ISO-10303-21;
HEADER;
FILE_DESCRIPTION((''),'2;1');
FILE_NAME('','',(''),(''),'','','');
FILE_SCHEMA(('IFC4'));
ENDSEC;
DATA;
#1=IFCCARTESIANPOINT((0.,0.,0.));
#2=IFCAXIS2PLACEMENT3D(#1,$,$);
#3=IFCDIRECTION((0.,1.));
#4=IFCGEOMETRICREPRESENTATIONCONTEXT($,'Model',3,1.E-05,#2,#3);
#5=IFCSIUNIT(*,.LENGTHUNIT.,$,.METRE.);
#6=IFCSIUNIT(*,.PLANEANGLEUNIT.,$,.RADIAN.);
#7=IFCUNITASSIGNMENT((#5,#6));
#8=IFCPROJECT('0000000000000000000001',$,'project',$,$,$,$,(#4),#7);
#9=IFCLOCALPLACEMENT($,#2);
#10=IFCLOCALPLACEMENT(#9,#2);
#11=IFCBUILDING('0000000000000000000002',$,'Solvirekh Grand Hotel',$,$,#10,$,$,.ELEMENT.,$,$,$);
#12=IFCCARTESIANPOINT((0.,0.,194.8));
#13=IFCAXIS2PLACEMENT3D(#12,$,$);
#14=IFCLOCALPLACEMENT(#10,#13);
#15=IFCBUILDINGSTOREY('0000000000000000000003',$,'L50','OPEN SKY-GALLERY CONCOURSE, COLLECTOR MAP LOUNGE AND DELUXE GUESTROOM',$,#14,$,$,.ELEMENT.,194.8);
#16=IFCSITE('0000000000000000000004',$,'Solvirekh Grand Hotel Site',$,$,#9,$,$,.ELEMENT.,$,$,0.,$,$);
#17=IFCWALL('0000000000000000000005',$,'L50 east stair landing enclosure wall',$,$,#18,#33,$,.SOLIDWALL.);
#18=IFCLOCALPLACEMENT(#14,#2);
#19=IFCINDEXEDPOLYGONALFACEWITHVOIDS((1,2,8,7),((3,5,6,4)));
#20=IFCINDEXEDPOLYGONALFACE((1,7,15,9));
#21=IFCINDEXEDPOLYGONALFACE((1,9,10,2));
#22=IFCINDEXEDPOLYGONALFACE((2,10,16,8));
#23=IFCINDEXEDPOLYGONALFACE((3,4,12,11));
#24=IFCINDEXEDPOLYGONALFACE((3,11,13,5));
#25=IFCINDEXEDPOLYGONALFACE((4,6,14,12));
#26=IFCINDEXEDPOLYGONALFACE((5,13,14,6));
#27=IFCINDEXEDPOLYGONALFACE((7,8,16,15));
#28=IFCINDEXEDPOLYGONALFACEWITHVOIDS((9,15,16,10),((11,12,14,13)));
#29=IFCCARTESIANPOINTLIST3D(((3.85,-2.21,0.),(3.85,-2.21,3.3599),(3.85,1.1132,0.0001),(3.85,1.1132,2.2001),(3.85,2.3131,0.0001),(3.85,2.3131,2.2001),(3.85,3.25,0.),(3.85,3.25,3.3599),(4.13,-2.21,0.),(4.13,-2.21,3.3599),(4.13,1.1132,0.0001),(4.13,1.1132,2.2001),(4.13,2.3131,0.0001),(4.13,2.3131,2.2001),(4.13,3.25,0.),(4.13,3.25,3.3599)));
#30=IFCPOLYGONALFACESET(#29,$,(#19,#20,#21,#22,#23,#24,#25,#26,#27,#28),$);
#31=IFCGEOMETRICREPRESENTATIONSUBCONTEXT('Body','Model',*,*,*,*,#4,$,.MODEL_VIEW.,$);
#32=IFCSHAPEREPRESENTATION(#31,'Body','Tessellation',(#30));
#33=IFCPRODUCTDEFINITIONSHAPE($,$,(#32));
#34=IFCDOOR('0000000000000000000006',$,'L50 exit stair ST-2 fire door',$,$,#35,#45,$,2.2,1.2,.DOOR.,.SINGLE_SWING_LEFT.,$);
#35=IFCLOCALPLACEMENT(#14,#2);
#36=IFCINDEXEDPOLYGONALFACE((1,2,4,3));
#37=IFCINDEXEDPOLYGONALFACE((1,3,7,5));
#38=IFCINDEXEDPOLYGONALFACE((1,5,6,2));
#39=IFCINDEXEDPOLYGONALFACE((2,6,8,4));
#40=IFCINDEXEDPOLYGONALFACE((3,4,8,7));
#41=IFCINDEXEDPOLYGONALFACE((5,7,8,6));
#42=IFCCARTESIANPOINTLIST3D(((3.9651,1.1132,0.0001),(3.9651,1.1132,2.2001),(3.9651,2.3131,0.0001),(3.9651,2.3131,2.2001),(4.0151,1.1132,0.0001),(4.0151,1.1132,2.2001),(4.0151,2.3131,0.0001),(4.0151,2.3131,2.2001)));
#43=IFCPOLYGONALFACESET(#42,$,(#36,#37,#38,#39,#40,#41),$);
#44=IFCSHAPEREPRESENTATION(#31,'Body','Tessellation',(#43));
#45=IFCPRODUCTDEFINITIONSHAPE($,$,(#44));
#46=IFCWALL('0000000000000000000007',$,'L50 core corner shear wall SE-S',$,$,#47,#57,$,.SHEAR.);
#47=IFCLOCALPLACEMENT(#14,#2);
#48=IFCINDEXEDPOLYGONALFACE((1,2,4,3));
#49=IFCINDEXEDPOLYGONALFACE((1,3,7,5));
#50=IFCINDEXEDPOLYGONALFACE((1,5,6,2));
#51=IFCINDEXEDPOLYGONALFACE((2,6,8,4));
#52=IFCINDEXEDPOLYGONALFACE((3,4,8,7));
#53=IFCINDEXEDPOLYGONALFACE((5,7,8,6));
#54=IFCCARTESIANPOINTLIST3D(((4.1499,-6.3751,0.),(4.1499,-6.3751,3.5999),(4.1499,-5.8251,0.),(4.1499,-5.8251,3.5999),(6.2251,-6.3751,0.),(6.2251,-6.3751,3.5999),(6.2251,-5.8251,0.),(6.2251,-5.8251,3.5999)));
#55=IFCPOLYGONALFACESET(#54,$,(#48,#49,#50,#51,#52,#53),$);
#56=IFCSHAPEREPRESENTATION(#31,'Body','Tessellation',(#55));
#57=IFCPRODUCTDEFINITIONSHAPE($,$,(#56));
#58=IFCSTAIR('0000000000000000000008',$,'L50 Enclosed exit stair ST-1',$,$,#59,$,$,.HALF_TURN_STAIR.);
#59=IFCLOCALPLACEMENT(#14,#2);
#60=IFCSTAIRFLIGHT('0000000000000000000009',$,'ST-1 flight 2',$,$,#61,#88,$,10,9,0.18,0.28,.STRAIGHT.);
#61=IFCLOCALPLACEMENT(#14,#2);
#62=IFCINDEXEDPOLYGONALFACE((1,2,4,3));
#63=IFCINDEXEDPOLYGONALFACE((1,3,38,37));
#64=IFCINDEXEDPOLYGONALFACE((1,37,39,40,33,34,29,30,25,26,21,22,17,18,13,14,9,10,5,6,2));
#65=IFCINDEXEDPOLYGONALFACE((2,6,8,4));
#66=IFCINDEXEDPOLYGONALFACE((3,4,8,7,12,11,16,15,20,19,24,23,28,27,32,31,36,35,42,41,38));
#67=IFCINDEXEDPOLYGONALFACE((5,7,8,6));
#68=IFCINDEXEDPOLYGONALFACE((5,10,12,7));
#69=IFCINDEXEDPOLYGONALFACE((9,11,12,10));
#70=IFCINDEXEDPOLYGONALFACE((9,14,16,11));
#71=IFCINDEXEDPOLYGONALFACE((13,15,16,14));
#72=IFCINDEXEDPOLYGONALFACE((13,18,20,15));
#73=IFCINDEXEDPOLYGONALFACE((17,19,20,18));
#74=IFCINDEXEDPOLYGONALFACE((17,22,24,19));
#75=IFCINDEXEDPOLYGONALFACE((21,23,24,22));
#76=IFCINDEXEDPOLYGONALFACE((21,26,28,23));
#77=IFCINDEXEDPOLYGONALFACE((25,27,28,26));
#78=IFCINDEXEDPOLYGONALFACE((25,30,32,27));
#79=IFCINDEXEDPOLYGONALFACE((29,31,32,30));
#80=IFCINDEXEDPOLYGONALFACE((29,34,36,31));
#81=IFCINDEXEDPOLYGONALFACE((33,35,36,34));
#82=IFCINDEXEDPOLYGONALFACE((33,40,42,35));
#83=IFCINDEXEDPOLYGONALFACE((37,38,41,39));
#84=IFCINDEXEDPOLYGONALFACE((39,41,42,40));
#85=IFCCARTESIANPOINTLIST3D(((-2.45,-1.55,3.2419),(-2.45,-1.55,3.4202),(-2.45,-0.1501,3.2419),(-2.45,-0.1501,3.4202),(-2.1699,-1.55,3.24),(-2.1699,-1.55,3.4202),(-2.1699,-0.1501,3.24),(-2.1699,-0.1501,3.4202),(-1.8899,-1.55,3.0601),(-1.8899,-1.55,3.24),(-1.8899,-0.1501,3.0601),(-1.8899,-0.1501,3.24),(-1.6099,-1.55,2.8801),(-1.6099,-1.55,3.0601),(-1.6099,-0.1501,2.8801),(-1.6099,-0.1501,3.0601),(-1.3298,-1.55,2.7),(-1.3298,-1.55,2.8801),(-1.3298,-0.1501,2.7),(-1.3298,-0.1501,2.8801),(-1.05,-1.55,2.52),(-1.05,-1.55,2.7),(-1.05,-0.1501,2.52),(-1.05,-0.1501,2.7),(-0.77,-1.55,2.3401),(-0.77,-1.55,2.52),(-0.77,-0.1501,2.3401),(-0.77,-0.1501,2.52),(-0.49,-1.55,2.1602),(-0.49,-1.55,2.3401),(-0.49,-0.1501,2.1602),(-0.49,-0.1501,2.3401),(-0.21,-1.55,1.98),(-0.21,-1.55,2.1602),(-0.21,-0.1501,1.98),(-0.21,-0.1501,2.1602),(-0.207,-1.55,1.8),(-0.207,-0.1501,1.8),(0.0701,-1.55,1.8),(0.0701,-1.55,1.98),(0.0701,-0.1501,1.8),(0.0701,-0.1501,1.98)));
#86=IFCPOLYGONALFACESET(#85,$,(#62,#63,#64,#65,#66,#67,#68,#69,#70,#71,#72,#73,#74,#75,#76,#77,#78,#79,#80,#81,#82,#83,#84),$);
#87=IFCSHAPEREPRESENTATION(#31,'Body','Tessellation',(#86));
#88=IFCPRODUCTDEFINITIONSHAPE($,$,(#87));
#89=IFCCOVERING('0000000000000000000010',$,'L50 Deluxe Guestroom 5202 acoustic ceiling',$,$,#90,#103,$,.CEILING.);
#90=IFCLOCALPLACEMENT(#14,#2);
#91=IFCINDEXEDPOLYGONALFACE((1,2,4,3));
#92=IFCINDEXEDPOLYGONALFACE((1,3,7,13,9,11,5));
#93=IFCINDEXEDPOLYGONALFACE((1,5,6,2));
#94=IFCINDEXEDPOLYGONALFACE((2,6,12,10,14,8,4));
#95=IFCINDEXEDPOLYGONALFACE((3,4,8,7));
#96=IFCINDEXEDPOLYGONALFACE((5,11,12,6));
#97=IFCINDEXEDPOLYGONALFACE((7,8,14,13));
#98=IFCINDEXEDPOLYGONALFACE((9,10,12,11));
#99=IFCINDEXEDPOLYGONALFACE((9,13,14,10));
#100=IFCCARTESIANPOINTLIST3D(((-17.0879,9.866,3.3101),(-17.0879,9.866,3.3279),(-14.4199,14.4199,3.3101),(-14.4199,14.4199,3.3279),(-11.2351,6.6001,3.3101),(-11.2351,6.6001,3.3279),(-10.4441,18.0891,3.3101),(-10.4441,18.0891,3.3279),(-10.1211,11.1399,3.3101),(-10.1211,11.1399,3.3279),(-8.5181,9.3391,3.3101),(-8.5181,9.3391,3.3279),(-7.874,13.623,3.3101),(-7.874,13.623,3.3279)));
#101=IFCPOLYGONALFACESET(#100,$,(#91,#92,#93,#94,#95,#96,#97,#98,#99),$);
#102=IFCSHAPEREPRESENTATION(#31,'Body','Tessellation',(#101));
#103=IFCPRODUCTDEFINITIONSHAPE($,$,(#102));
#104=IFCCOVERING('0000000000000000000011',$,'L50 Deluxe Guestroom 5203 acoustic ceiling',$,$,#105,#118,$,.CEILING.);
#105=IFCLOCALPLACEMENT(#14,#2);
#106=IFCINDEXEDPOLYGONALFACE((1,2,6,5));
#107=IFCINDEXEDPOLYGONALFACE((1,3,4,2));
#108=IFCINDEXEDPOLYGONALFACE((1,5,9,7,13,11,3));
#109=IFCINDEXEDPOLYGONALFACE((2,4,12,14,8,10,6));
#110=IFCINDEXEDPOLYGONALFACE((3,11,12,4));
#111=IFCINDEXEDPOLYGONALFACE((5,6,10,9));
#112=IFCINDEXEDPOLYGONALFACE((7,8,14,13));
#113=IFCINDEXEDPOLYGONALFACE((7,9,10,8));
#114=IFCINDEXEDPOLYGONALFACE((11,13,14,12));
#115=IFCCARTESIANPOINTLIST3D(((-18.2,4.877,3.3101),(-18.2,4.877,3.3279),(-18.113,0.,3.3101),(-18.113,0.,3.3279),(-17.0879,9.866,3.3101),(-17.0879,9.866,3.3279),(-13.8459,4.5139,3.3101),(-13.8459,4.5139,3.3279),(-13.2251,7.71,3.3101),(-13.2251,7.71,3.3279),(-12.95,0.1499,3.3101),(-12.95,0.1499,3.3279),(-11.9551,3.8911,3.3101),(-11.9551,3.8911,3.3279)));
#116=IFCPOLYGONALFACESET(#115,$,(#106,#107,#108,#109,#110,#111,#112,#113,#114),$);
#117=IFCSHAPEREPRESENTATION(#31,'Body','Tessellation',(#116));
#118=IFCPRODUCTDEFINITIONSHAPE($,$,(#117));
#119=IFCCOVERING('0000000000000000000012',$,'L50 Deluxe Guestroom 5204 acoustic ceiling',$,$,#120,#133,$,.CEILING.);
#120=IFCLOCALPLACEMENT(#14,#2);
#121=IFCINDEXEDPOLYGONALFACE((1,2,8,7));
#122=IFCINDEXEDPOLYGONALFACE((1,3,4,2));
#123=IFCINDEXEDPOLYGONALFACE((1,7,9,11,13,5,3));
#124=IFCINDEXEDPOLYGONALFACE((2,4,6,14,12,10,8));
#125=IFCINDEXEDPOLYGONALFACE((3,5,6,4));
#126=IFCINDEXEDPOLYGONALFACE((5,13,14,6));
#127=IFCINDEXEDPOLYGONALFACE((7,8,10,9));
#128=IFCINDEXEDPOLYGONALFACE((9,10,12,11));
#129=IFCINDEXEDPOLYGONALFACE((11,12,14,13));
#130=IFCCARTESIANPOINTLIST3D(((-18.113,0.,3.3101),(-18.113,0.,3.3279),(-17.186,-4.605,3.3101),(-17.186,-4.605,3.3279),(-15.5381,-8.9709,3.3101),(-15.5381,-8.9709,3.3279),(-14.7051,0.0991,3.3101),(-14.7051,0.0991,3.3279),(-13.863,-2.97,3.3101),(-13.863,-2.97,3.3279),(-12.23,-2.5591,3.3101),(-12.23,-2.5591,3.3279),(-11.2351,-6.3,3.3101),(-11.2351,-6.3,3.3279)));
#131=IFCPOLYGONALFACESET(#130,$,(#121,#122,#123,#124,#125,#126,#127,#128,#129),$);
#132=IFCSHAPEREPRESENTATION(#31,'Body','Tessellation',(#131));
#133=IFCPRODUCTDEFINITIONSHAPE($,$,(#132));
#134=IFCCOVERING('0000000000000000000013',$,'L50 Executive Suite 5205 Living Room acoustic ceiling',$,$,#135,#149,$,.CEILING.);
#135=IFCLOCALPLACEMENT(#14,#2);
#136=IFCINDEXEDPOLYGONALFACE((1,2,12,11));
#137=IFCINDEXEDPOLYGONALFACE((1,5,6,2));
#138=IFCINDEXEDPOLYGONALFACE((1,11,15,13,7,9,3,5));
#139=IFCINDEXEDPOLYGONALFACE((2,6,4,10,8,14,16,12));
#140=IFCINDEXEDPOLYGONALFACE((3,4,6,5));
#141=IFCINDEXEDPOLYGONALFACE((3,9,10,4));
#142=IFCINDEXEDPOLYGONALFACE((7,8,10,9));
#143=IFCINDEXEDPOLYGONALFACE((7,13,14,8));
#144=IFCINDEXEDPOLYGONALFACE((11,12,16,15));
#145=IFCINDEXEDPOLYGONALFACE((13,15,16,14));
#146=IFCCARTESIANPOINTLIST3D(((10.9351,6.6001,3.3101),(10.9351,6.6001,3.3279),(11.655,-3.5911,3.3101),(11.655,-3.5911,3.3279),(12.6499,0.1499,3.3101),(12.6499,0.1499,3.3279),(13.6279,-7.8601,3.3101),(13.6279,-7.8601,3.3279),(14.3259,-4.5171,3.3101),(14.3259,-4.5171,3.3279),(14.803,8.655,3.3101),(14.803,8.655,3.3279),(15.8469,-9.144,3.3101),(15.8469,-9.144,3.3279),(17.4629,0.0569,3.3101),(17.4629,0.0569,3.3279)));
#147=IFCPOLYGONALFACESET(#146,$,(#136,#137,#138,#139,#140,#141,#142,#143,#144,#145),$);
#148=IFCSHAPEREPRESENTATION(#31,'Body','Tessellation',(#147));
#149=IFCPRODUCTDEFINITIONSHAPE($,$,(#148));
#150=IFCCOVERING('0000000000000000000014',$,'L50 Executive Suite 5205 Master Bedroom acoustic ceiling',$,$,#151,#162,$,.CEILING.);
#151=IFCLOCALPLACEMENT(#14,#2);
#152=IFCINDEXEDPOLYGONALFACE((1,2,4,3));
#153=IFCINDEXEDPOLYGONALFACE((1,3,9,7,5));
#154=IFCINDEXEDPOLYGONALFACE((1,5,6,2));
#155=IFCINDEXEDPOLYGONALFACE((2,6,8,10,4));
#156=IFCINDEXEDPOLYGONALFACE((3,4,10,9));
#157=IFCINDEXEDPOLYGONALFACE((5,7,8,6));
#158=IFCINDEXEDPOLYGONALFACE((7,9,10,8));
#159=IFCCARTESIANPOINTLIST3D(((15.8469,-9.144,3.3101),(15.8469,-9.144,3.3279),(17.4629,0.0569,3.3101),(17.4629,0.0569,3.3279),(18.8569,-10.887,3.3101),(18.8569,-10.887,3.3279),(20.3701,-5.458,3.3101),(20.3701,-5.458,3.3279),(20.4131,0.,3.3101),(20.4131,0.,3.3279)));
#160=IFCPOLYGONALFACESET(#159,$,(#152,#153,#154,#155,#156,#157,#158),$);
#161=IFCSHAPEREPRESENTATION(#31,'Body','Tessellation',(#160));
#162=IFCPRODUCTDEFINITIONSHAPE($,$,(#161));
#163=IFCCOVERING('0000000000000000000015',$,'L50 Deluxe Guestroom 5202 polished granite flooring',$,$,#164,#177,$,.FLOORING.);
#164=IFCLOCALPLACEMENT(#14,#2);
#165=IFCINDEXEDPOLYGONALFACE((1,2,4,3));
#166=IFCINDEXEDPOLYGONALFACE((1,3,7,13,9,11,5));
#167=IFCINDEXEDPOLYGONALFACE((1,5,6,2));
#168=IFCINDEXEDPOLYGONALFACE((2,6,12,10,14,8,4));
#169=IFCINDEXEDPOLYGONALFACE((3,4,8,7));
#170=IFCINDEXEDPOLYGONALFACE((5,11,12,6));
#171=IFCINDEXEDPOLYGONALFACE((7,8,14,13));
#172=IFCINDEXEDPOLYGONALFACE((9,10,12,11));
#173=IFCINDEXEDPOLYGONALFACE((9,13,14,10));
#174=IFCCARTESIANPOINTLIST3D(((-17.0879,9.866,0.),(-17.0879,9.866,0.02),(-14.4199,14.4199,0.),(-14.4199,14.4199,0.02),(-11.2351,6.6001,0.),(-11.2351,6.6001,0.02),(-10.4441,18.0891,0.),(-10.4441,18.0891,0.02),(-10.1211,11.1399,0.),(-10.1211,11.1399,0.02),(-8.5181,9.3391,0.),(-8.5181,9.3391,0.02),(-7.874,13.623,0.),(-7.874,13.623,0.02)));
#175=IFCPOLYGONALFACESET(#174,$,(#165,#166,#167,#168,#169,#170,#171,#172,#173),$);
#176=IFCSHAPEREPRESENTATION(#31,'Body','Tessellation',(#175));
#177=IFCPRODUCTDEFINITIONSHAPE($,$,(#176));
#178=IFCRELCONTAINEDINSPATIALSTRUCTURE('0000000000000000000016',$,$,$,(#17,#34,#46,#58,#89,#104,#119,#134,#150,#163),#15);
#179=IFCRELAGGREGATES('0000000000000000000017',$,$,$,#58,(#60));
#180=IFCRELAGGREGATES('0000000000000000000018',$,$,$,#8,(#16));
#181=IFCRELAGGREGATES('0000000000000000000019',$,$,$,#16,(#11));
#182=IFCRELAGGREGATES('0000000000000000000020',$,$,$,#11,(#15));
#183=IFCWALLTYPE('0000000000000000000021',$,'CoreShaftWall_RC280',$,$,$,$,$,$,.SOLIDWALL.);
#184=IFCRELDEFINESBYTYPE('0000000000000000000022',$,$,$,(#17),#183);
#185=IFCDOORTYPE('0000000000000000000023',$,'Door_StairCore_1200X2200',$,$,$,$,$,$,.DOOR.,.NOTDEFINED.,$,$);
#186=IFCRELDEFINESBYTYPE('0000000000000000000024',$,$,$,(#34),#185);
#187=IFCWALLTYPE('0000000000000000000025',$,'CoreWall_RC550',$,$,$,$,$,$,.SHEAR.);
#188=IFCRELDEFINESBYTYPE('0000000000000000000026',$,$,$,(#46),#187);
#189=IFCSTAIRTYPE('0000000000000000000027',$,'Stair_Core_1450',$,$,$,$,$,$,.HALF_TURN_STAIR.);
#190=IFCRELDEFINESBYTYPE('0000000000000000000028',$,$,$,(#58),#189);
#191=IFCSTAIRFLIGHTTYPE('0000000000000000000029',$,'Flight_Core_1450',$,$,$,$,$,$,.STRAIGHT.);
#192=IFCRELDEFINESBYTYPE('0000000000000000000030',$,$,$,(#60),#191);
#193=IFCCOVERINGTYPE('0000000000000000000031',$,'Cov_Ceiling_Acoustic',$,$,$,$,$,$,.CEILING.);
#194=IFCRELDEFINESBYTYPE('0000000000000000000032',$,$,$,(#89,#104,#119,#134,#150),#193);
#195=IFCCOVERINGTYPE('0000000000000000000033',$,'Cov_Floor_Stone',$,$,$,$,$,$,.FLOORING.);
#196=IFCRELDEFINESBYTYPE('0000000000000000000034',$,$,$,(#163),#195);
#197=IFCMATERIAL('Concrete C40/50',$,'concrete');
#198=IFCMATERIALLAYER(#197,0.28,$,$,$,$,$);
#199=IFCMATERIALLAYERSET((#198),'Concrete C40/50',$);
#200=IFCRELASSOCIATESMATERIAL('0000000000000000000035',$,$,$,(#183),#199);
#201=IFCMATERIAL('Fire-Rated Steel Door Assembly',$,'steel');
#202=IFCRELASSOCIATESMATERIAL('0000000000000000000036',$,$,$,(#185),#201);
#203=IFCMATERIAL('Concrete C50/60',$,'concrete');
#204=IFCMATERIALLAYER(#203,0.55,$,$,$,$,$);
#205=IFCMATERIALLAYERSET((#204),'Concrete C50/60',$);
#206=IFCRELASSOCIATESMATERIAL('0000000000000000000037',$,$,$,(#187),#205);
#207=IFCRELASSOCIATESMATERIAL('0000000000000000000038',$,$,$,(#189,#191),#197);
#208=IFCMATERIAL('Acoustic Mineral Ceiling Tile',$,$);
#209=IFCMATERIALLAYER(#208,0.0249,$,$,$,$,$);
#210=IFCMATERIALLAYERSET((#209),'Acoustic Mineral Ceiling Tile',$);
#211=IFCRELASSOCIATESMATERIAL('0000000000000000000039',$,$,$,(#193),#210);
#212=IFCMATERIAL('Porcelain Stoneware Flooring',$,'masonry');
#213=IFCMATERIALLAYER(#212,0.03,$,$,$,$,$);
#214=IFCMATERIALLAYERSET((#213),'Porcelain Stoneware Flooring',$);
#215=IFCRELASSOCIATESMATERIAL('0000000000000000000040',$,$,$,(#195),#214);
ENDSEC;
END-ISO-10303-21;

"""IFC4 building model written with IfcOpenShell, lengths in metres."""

from ifc_helpers import new_model, si_unit, direction, frame, frame_2d, origin, place, context, subcontext, project, spatial, polyline, rectangle, outline, extrude, material, layer, layer_set, type_object, element, fill, aggregate, save


model = new_model("IFC4")

# Units and contexts
model_context = context("Model", 3, precision=1e-05, world=origin(), true_north=direction((0.0, 1.0)))
body_context = subcontext(model_context, "Body", "Model", "MODEL_VIEW")
ifc_project = project(units=[si_unit("LENGTHUNIT", "METRE"), si_unit("PLANEANGLEUNIT", "RADIAN")], contexts=[model_context])

# Site, building, storey
site_placement = place(None, origin())
site = spatial("IfcSite", under=ifc_project, at=site_placement, Name="Solvirekh Grand Hotel Site", CompositionType="ELEMENT", RefElevation=0.0)
building_placement = place(site_placement, origin())
building = spatial("IfcBuilding", under=site, at=building_placement, Name="Solvirekh Grand Hotel", CompositionType="ELEMENT")
storey_placement = place(building_placement, frame((0.0, 0.0, 194.8)))
storey = spatial("IfcBuildingStorey", under=building, at=storey_placement, Name="L50", Description="OPEN SKY-GALLERY CONCOURSE, COLLECTOR MAP LOUNGE AND DELUXE GUESTROOM", CompositionType="ELEMENT", Elevation=194.8)

# Wall, opening, door
ifc_material_1 = material(Name="Concrete C40/50", Category="concrete")
ifc_layer_1 = layer(ifc_material_1, 0.28)
ifc_layer_set_1 = layer_set([ifc_layer_1], Name="Concrete C40/50")
wall_type_1 = type_object("IfcWallType", Name="CoreShaftWall_RC280", PredefinedType="SOLIDWALL", material=ifc_layer_set_1)
wall_1_placement = place(storey_placement, frame((3.99, -2.21, 0.0), z_axis=(0.0, 0.0, 1.0), x_axis=(0.0, 1.0, 0.0)))
wall_1 = element("IfcWall", 1, at=wall_1_placement, inside=storey, type_object=wall_type_1, Name="L50 east stair landing enclosure wall", PredefinedType="SOLIDWALL", context=body_context, shape_type="SweptSolid", body=[
    extrude(rectangle(XDim=5.46, YDim=0.28, at=frame_2d((2.73, 0.0))), origin(), (0.0, 0.0, 1.0), 3.3599),
])
opening_placement = place(wall_1_placement, frame((3.323, 0.0, 0.0)))
opening = element("IfcOpeningElement", 2, at=opening_placement, cuts=wall_1, PredefinedType="OPENING", context=body_context, shape_type="SweptSolid", body=[
    extrude(rectangle(XDim=1.2, YDim=2.2, at=frame_2d((0.6001, 1.1001))), frame((0.0, 0.1499, 0.0), z_axis=(0.0, -1.0, 0.0), x_axis=(1.0, 0.0, 0.0)), (0.0, 0.0, 1.0), 0.3),
])
ifc_material_2 = material(Name="Fire-Rated Steel Door Assembly", Category="steel")
door_type = type_object("IfcDoorType", Name="Door_StairCore_1200X2200", OperationType="NOTDEFINED", PredefinedType="DOOR", material=ifc_material_2)
door_placement = place(opening_placement, origin())
door = element("IfcDoor", 3, at=door_placement, inside=storey, type_object=door_type, Name="L50 exit stair ST-2 fire door", OperationType="SINGLE_SWING_LEFT", OverallHeight=2.2, OverallWidth=1.2, PredefinedType="DOOR", context=body_context, shape_type="SweptSolid", body=[
    extrude(rectangle(XDim=1.2, YDim=2.2, at=frame_2d((0.6001, 1.1001))), frame((0.0, 0.0249, 0.0), z_axis=(0.0, -1.0, 0.0), x_axis=(1.0, 0.0, 0.0)), (0.0, 0.0, 1.0), 0.05),
])
fill(opening, door)

# Wall
ifc_material_3 = material(Name="Concrete C50/60", Category="concrete")
ifc_layer_2 = layer(ifc_material_3, 0.55)
ifc_layer_set_2 = layer_set([ifc_layer_2], Name="Concrete C50/60")
wall_type_2 = type_object("IfcWallType", Name="CoreWall_RC550", PredefinedType="SHEAR", material=ifc_layer_set_2)
wall_2_placement = place(storey_placement, frame((4.1499, -6.1001, 0.0), z_axis=(0.0, 0.0, 1.0), x_axis=(1.0, 0.0, 0.0)))
element("IfcWall", 4, at=wall_2_placement, inside=storey, type_object=wall_type_2, Name="L50 core corner shear wall SE-S", PredefinedType="SHEAR", context=body_context, shape_type="SweptSolid", body=[
    extrude(rectangle(XDim=2.0752, YDim=0.55, at=frame_2d((1.0376, 0.0))), origin(), (0.0, 0.0, 1.0), 3.5999),
])

# Stair, stair flight
stair_type = type_object("IfcStairType", Name="Stair_Core_1450", PredefinedType="HALF_TURN_STAIR", material=ifc_material_1)
stair_placement = place(storey_placement, origin())
stair = element("IfcStair", 5, at=stair_placement, inside=storey, type_object=stair_type, Name="L50 Enclosed exit stair ST-1", PredefinedType="HALF_TURN_STAIR")
stair_flight_type = type_object("IfcStairFlightType", Name="Flight_Core_1450", PredefinedType="STRAIGHT", material=ifc_material_1)
stair_flight_placement = place(storey_placement, frame((0.0701, -0.8501, 1.8), z_axis=(0.0, 0.0, 1.0), x_axis=(-1.0, 0.0, 0.0)))
stair_flight = element("IfcStairFlight", 6, at=stair_flight_placement, type_object=stair_flight_type, Name="ST-1 flight 2", NumberOfRisers=10, NumberOfTreads=9, PredefinedType="STRAIGHT", RiserHeight=0.18, TreadLength=0.28, context=body_context, shape_type="SweptSolid", body=[
    extrude(outline(polyline([(0.0, 0.0), (0.0, 0.1799), (0.28, 0.1799), (0.28, 0.3601), (0.5601, 0.3601), (0.5601, 0.54), (0.8401, 0.54), (0.8401, 0.72), (1.1201, 0.72), (1.1201, 0.8999), (1.3999, 0.8999), (1.3999, 1.0801), (1.6799, 1.0801), (1.6799, 1.26), (1.96, 1.26), (1.96, 1.4399), (2.24, 1.4399), (2.24, 1.6201), (2.52, 1.6201), (2.52, 1.8), (2.52, 1.4419), (0.2771, 0.0), (0.0, 0.0)])), frame((0.0, 0.7, 0.0), z_axis=(0.0, -1.0, 0.0), x_axis=(1.0, 0.0, 0.0)), (0.0, 0.0, 1.0), 1.3999),
])
aggregate(stair, [stair_flight])

# Coverings
ifc_material_4 = material(Name="Acoustic Mineral Ceiling Tile")
ifc_layer_3 = layer(ifc_material_4, 0.0249)
ifc_layer_set_3 = layer_set([ifc_layer_3], Name="Acoustic Mineral Ceiling Tile")
covering_type_1 = type_object("IfcCoveringType", Name="Cov_Ceiling_Acoustic", PredefinedType="CEILING", material=ifc_layer_set_3)
covering_1_placement = place(storey_placement, frame((0.0, 0.0, 3.3101)))
element("IfcCovering", 7, at=covering_1_placement, inside=storey, type_object=covering_type_1, Name="L50 Deluxe Guestroom 5202 acoustic ceiling", PredefinedType="CEILING", context=body_context, shape_type="SweptSolid", body=[
    extrude(outline(polyline([(-10.1211, 11.1399), (-7.874, 13.623), (-10.4441, 18.0891), (-14.4199, 14.4199), (-17.0879, 9.866), (-11.2351, 6.6001), (-8.5181, 9.3391), (-10.1211, 11.1399)])), origin(), (0.0, 0.0, 1.0), 0.0178),
])
covering_2_placement = place(storey_placement, frame((0.0, 0.0, 3.3101)))
element("IfcCovering", 8, at=covering_2_placement, inside=storey, type_object=covering_type_1, Name="L50 Deluxe Guestroom 5203 acoustic ceiling", PredefinedType="CEILING", context=body_context, shape_type="SweptSolid", body=[
    extrude(outline(polyline([(-13.8459, 4.5139), (-13.2251, 7.71), (-17.0879, 9.866), (-18.2, 4.877), (-18.113, 0.0), (-12.95, 0.1499), (-11.9551, 3.8911), (-13.8459, 4.5139)])), origin(), (0.0, 0.0, 1.0), 0.0178),
])
covering_3_placement = place(storey_placement, frame((0.0, 0.0, 3.3101)))
element("IfcCovering", 9, at=covering_3_placement, inside=storey, type_object=covering_type_1, Name="L50 Deluxe Guestroom 5204 acoustic ceiling", PredefinedType="CEILING", context=body_context, shape_type="SweptSolid", body=[
    extrude(outline(polyline([(-13.863, -2.97), (-14.7051, 0.0991), (-18.113, 0.0), (-17.186, -4.605), (-15.5381, -8.9709), (-11.2351, -6.3), (-12.23, -2.5591), (-13.863, -2.97)])), origin(), (0.0, 0.0, 1.0), 0.0178),
])
covering_4_placement = place(storey_placement, frame((0.0, 0.0, 3.3101)))
element("IfcCovering", 10, at=covering_4_placement, inside=storey, type_object=covering_type_1, Name="L50 Executive Suite 5205 Living Room acoustic ceiling", PredefinedType="CEILING", context=body_context, shape_type="SweptSolid", body=[
    extrude(outline(polyline([(14.3259, -4.5171), (13.6279, -7.8601), (15.8469, -9.144), (17.4629, 0.0569), (14.803, 8.655), (10.9351, 6.6001), (12.6499, 0.1499), (11.655, -3.5911), (14.3259, -4.5171)])), origin(), (0.0, 0.0, 1.0), 0.0178),
])
covering_5_placement = place(storey_placement, frame((0.0, 0.0, 3.3101)))
element("IfcCovering", 11, at=covering_5_placement, inside=storey, type_object=covering_type_1, Name="L50 Executive Suite 5205 Master Bedroom acoustic ceiling", PredefinedType="CEILING", context=body_context, shape_type="SweptSolid", body=[
    extrude(outline(polyline([(18.8569, -10.887), (20.3701, -5.458), (20.4131, 0.0), (17.4629, 0.0569), (15.8469, -9.144), (18.8569, -10.887)])), origin(), (0.0, 0.0, 1.0), 0.0178),
])
ifc_material_5 = material(Name="Porcelain Stoneware Flooring", Category="masonry")
ifc_layer_4 = layer(ifc_material_5, 0.03)
ifc_layer_set_4 = layer_set([ifc_layer_4], Name="Porcelain Stoneware Flooring")
covering_type_2 = type_object("IfcCoveringType", Name="Cov_Floor_Stone", PredefinedType="FLOORING", material=ifc_layer_set_4)
covering_6_placement = place(storey_placement, origin())
element("IfcCovering", 12, at=covering_6_placement, inside=storey, type_object=covering_type_2, Name="L50 Deluxe Guestroom 5202 polished granite flooring", PredefinedType="FLOORING", context=body_context, shape_type="SweptSolid", body=[
    extrude(outline(polyline([(-10.1211, 11.1399), (-7.874, 13.623), (-10.4441, 18.0891), (-14.4199, 14.4199), (-17.0879, 9.866), (-11.2351, 6.6001), (-8.5181, 9.3391), (-10.1211, 11.1399)])), origin(), (0.0, 0.0, 1.0), 0.02),
])

save(model, "model.ifc")
